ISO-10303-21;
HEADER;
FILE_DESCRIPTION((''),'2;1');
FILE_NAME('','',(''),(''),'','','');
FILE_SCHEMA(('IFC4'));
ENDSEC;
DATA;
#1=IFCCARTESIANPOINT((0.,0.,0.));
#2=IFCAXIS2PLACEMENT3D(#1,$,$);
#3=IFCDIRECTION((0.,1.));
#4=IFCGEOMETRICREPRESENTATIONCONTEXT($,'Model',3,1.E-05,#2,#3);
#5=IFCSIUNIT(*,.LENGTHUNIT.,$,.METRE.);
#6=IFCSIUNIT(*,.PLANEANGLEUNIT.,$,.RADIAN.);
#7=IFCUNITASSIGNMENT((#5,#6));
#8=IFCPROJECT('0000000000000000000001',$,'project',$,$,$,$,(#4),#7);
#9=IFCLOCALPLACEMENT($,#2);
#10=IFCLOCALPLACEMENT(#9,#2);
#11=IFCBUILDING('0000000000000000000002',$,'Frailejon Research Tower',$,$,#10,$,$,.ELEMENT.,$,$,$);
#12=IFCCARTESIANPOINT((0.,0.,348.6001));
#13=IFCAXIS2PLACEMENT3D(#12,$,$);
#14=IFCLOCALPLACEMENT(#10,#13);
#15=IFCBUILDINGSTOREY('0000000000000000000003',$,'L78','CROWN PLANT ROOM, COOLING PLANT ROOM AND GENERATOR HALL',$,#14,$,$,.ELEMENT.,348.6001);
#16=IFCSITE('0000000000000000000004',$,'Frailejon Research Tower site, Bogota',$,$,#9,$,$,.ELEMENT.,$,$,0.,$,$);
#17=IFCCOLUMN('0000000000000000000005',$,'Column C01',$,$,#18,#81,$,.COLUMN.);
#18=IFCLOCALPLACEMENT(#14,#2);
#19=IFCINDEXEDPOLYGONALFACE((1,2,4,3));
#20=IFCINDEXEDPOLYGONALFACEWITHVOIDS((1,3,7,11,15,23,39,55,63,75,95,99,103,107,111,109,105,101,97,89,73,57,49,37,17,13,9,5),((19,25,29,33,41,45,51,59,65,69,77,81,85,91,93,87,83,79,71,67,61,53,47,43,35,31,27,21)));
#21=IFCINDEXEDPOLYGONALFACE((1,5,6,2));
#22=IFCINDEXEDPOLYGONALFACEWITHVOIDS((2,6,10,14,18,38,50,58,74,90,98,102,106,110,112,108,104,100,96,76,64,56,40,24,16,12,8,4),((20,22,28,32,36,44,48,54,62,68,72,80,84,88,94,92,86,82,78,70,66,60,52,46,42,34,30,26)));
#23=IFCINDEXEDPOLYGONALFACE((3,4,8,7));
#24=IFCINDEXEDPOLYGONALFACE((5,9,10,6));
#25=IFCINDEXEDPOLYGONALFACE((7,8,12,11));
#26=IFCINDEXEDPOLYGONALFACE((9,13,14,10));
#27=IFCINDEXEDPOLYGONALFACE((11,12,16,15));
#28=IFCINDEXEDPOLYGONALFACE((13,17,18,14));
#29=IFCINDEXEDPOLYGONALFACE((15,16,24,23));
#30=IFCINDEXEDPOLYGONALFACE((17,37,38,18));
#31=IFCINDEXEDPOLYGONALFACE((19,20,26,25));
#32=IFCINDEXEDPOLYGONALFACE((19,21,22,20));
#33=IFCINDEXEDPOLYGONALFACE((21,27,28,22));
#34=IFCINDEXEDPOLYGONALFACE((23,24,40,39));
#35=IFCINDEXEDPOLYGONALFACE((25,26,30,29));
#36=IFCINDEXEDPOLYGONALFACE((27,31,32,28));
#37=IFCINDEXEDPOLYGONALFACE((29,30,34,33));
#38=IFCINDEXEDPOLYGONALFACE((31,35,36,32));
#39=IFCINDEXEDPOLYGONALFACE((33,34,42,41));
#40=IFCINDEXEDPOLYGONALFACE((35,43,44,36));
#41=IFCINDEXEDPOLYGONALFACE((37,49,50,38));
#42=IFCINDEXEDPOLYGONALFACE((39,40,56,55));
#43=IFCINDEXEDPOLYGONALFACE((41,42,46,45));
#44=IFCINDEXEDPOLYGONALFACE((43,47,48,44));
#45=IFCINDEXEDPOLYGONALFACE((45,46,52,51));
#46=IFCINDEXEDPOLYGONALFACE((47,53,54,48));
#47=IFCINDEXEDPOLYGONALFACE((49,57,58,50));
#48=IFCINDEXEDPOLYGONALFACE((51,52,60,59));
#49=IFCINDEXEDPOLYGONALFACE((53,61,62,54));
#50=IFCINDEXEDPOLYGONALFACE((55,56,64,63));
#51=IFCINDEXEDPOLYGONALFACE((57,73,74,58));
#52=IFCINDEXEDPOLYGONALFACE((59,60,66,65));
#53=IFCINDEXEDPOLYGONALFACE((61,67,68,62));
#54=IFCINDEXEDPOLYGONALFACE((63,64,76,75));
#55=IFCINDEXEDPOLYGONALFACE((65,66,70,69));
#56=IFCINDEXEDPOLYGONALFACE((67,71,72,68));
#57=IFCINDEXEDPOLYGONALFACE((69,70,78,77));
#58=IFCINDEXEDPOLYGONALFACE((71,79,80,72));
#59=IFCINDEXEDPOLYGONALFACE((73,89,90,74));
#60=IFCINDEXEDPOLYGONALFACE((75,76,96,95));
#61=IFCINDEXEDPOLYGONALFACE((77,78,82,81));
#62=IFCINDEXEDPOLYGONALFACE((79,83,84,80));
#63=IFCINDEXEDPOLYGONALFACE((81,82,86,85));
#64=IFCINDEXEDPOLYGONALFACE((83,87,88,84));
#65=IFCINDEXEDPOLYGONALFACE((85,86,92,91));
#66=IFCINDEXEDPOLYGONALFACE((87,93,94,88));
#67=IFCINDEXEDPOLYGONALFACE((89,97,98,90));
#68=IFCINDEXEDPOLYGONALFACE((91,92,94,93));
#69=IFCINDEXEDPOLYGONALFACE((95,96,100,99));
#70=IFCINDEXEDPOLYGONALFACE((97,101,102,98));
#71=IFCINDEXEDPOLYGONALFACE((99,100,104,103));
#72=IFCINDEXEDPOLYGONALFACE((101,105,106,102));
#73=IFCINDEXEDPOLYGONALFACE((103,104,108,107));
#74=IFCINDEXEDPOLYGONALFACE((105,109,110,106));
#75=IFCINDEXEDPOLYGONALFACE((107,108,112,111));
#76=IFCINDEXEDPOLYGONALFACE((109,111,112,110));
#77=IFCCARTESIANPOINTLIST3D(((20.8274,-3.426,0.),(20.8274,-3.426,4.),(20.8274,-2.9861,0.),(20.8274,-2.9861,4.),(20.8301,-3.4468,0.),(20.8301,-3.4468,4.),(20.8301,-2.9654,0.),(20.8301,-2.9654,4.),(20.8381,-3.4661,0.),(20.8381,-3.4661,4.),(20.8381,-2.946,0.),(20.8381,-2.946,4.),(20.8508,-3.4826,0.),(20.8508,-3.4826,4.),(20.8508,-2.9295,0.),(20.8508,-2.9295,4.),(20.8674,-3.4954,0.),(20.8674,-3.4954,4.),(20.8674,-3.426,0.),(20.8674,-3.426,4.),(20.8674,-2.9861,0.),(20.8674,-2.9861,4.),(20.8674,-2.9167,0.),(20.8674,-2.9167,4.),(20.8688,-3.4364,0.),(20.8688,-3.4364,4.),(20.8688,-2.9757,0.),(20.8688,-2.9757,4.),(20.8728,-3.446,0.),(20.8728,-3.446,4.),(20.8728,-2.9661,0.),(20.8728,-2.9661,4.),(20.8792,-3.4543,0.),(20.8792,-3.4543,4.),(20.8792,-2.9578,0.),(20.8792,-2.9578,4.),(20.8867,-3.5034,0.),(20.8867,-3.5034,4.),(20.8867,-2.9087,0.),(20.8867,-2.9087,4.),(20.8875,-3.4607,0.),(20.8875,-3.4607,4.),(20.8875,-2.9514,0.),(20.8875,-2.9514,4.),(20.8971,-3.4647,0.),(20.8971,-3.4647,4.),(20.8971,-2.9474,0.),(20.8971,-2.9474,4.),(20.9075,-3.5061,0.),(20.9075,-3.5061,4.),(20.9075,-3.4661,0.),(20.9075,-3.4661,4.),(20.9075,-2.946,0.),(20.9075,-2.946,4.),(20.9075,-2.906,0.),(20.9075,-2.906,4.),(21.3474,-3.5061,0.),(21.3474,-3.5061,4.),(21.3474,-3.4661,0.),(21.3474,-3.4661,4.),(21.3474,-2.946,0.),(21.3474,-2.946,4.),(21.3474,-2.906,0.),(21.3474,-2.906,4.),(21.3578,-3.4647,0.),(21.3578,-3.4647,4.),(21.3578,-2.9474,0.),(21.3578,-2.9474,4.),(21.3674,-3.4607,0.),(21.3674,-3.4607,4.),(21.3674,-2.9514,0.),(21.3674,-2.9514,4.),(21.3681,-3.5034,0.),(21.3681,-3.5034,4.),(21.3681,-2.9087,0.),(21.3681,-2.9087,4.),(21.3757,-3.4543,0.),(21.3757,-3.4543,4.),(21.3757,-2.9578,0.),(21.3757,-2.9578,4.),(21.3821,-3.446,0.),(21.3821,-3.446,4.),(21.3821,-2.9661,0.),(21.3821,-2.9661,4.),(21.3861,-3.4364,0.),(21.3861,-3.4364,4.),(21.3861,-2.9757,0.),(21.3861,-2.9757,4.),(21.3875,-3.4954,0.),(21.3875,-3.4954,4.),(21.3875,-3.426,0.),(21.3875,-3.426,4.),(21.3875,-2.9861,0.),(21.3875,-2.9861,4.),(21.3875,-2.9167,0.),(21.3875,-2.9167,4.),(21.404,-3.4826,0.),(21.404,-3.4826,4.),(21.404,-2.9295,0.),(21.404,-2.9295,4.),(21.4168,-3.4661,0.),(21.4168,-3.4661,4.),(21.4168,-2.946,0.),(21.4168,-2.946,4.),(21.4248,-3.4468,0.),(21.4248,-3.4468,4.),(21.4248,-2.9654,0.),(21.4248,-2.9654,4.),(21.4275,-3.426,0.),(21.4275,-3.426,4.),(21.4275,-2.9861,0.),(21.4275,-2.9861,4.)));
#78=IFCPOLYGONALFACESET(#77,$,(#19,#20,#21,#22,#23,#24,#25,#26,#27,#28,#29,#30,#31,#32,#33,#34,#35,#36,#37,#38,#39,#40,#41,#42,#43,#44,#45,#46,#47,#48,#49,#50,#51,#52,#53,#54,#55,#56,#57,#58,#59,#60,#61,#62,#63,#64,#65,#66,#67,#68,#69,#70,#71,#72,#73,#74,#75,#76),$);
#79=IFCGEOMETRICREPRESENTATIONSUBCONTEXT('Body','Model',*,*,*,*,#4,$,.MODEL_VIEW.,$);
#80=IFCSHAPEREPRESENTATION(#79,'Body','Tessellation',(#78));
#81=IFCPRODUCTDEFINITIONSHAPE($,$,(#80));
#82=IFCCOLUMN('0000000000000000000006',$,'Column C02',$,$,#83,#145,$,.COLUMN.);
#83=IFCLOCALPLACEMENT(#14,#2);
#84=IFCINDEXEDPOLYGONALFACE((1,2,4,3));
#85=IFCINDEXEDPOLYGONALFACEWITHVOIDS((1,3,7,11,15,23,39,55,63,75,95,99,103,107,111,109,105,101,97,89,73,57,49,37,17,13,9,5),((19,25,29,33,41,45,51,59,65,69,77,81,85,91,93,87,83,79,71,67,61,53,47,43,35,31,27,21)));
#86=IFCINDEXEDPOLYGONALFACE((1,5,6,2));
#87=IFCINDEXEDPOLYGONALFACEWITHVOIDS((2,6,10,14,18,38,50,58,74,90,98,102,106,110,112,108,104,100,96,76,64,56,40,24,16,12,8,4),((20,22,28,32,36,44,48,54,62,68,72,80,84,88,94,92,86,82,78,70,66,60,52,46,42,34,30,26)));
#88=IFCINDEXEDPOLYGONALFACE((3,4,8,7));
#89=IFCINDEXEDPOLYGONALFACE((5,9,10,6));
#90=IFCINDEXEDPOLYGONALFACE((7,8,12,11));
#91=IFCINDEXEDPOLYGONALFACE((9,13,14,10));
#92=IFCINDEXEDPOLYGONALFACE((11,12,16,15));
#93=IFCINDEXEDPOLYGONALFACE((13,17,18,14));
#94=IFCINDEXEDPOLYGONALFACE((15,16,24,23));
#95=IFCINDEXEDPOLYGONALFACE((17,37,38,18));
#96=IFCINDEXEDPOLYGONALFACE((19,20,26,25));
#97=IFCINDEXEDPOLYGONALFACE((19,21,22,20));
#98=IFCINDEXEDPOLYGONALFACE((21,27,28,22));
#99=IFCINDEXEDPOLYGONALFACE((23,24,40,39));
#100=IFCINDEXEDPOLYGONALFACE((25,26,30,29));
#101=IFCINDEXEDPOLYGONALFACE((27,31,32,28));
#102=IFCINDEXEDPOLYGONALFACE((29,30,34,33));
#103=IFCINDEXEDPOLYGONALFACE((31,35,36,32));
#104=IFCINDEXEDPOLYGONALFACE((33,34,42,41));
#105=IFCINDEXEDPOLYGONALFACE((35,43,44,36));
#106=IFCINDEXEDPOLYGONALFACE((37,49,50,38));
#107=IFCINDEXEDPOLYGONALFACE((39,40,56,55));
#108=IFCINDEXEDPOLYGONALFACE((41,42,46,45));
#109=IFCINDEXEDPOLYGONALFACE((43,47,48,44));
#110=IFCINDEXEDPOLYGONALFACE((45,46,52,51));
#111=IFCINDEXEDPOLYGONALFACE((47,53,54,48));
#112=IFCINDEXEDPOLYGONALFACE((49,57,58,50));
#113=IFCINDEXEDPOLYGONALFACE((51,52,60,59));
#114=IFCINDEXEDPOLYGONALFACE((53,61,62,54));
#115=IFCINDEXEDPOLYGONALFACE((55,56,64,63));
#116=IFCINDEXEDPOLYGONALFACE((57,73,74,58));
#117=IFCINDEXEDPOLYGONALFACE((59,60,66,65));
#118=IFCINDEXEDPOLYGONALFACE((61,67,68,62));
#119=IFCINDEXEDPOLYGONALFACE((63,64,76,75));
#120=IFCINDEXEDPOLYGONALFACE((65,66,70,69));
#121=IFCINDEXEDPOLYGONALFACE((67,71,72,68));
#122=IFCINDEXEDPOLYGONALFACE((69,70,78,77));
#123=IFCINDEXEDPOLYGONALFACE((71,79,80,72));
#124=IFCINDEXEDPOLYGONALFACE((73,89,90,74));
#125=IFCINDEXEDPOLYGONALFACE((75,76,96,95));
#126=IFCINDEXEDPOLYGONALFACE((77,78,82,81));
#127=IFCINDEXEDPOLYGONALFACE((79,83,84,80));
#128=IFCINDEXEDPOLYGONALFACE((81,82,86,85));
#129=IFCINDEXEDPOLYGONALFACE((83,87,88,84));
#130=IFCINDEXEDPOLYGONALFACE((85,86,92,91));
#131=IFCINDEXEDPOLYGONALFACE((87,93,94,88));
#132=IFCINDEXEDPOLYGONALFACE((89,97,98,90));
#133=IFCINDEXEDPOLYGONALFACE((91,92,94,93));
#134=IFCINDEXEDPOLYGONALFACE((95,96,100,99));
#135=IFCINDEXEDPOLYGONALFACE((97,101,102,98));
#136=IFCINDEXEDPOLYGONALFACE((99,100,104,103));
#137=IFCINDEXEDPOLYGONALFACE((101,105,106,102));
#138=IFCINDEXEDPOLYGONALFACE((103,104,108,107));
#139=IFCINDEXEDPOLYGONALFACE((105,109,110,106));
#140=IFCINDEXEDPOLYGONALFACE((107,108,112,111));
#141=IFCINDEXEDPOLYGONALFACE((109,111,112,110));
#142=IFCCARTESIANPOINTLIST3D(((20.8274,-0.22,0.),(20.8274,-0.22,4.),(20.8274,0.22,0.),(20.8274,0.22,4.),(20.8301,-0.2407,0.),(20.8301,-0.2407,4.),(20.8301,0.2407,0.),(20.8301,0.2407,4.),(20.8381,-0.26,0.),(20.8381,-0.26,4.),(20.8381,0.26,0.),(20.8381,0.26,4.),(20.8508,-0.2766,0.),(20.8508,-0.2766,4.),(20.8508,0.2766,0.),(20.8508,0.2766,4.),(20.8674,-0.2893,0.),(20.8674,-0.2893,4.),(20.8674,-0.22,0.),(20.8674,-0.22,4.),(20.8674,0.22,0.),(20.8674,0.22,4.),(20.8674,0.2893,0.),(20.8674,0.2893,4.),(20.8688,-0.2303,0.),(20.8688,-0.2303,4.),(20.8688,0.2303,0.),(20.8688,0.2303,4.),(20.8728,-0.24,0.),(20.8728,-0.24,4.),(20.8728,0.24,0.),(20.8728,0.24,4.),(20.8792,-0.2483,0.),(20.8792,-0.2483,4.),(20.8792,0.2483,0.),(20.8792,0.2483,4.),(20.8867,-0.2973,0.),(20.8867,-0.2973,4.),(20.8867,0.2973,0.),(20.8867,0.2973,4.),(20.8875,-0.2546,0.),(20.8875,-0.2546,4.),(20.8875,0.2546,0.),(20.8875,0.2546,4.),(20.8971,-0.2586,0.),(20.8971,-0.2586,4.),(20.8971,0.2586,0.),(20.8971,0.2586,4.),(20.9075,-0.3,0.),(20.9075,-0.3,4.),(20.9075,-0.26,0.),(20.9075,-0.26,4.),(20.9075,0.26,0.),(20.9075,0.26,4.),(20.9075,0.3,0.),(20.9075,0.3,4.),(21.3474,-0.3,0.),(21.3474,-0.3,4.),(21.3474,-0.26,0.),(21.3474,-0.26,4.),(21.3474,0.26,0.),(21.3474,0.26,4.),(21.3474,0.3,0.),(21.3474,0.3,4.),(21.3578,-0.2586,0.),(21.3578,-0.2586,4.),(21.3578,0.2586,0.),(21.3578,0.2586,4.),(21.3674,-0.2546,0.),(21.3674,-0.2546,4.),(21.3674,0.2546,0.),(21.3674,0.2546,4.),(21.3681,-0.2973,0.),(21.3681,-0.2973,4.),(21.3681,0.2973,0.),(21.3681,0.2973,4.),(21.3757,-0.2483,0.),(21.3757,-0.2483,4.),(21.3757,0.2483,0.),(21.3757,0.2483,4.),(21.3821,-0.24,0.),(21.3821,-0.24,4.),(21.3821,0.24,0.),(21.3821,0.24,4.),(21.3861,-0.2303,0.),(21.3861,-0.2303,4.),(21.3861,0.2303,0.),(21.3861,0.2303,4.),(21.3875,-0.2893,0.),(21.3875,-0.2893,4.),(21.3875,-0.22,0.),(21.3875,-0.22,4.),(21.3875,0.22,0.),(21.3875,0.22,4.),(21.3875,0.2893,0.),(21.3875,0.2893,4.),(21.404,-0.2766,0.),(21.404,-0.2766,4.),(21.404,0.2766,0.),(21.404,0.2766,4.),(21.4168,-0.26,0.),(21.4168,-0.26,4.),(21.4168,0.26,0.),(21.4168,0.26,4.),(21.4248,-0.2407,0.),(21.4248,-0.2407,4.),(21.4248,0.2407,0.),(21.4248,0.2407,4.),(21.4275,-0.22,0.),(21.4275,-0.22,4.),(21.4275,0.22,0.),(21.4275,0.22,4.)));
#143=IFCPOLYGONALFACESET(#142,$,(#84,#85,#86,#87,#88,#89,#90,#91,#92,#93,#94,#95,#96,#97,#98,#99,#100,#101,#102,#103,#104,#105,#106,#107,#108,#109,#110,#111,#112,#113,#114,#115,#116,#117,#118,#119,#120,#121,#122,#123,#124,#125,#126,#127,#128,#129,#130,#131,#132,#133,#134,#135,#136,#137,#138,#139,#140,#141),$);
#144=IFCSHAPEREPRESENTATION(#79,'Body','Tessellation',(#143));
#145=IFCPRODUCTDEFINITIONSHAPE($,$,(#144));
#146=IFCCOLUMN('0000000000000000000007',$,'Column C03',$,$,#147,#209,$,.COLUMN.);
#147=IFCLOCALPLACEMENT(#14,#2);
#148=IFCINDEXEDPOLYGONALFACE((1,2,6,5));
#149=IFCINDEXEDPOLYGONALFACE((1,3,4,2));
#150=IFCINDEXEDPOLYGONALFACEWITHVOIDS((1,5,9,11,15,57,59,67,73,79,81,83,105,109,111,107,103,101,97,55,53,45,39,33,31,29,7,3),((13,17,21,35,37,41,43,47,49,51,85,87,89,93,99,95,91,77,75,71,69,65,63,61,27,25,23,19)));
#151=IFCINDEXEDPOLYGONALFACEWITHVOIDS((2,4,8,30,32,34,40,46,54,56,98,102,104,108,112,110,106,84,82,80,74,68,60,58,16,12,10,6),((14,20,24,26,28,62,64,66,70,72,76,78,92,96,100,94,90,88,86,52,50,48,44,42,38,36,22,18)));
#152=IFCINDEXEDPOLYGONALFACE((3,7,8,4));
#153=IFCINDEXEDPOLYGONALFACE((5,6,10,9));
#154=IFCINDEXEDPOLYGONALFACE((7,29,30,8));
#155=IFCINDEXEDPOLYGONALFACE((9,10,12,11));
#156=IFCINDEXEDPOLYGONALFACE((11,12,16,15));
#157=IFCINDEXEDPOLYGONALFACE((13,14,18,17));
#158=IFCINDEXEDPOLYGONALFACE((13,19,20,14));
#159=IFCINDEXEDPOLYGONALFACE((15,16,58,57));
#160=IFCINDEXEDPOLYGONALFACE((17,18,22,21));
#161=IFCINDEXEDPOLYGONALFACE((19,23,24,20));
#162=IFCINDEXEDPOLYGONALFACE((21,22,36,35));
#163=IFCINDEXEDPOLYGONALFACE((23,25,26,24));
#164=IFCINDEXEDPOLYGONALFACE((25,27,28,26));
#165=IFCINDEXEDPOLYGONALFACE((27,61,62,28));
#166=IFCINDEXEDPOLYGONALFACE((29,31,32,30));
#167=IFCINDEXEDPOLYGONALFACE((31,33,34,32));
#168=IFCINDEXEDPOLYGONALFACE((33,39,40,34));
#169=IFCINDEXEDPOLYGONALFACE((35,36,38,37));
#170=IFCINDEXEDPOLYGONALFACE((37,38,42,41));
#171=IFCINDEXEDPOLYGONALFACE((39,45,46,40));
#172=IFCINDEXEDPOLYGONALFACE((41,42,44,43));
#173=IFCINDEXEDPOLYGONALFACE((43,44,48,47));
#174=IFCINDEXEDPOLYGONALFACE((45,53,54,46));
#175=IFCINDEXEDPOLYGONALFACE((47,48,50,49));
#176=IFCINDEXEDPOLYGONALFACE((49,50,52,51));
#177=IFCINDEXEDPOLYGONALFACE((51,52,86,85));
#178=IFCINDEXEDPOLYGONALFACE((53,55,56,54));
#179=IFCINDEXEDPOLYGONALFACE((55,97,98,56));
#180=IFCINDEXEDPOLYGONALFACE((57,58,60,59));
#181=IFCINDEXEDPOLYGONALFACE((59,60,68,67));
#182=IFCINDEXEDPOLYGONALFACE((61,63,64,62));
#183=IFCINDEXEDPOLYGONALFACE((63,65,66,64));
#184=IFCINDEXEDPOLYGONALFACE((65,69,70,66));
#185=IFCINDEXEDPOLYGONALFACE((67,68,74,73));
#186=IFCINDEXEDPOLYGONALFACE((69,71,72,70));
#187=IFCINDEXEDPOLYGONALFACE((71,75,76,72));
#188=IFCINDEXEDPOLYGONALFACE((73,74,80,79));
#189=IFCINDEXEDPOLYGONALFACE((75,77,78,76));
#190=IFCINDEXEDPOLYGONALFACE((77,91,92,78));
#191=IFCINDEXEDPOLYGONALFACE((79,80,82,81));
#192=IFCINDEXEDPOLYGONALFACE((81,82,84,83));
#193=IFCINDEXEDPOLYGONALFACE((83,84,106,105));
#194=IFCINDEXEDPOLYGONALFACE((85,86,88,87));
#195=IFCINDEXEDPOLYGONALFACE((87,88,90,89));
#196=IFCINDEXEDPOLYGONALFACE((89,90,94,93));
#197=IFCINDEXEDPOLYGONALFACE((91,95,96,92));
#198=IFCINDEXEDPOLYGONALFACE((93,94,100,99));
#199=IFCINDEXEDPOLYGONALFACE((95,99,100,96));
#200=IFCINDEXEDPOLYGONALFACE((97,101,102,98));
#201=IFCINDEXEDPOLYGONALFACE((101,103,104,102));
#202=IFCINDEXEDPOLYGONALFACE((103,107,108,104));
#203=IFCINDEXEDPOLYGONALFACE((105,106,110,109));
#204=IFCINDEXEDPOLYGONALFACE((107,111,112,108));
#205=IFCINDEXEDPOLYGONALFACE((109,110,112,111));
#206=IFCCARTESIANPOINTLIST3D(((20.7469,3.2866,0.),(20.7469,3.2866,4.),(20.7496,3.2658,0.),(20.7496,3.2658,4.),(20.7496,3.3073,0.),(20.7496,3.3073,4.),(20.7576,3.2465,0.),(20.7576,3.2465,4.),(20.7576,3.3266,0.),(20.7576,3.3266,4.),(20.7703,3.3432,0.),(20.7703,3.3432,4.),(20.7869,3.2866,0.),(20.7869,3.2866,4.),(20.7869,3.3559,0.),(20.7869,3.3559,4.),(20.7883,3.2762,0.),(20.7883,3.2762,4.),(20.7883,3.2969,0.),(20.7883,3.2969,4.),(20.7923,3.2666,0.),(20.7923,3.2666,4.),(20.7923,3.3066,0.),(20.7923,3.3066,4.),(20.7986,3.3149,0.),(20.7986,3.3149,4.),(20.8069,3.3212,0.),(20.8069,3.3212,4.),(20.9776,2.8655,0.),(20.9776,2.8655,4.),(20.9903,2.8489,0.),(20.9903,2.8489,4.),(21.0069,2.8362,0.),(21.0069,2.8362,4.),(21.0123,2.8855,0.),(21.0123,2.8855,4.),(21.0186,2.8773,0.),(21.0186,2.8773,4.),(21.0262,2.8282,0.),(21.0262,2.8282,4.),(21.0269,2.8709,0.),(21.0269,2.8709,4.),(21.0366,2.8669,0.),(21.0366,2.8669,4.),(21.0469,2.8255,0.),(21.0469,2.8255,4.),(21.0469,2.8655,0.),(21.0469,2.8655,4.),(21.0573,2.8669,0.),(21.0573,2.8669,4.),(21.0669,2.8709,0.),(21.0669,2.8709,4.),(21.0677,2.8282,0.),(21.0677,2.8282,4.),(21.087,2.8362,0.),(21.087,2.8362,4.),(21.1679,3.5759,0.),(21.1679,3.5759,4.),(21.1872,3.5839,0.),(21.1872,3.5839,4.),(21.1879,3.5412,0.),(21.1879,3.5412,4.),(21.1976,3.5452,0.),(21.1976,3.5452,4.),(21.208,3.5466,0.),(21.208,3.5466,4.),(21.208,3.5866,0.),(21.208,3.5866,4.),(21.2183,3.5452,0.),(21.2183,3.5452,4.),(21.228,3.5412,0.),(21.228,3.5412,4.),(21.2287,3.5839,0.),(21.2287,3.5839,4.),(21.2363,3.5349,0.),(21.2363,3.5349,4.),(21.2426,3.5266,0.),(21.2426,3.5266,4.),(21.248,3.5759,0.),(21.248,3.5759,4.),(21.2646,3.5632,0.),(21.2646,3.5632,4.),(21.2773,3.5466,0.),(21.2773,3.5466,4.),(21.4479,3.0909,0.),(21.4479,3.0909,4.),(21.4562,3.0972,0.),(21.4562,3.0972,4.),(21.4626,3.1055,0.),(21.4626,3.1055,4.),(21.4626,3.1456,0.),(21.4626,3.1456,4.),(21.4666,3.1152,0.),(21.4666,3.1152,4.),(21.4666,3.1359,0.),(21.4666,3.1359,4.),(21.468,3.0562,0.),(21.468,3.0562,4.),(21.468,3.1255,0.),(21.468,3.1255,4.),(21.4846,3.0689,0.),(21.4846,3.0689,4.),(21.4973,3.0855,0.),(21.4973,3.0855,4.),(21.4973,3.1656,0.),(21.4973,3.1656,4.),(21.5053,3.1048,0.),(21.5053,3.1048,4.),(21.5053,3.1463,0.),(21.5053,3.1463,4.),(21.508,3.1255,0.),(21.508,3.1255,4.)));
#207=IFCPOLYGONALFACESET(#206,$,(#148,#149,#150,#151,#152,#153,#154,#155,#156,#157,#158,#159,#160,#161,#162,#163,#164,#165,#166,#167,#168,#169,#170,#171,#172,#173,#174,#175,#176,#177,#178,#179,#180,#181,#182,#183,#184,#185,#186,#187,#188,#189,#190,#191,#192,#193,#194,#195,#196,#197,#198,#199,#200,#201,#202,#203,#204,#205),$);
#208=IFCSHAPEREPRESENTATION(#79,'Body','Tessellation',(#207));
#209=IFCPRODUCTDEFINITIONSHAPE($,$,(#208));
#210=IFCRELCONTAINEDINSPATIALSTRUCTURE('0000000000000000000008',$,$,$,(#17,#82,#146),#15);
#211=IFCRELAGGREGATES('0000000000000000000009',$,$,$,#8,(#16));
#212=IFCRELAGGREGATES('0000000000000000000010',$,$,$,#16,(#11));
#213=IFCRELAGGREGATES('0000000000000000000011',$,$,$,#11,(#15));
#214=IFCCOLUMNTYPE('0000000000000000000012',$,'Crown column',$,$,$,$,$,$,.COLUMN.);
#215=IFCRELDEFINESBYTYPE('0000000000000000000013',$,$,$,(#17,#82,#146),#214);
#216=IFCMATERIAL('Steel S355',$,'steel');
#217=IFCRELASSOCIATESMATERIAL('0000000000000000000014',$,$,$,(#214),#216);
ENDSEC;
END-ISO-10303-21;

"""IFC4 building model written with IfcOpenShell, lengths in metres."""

from ifc_helpers import new_model, si_unit, direction, frame, origin, origin_2d, place, context, subcontext, project, spatial, hollow_rectangle, extrude, material, material_profile, profile_set, type_object, element, save


model = new_model("IFC4")

# Units and contexts
model_context = context("Model", 3, precision=1e-05, world=origin(), true_north=direction((0.0, 1.0)))
body_context = subcontext(model_context, "Body", "Model", "MODEL_VIEW")
ifc_project = project(units=[si_unit("LENGTHUNIT", "METRE"), si_unit("PLANEANGLEUNIT", "RADIAN")], contexts=[model_context])

# Site, building, storey
site_placement = place(None, origin())
site = spatial("IfcSite", under=ifc_project, at=site_placement, Name="Frailejon Research Tower site, Bogota", CompositionType="ELEMENT", RefElevation=0.0)
building_placement = place(site_placement, origin())
building = spatial("IfcBuilding", under=site, at=building_placement, Name="Frailejon Research Tower", CompositionType="ELEMENT")
storey_placement = place(building_placement, frame((0.0, 0.0, 348.6001)))
storey = spatial("IfcBuildingStorey", under=building, at=storey_placement, Name="L78", Description="CROWN PLANT ROOM, COOLING PLANT ROOM AND GENERATOR HALL", CompositionType="ELEMENT", Elevation=348.6001)

# Columns
ifc_material_1 = material(Name="Steel S355", Category="steel")
ifc_material_profile_1 = material_profile(ifc_material_1, hollow_rectangle(XDim=0.6001, YDim=0.6001, WallThickness=0.04, InnerFilletRadius=0.04, OuterFilletRadius=0.0801, at=origin_2d()), Name="Crown column")
ifc_profile_set_1 = profile_set([ifc_material_profile_1], Name="Steel S355")
column_type = type_object("IfcColumnType", Name="Crown column", PredefinedType="COLUMN", material=ifc_profile_set_1)
for number, where, z_axis, x_axis, name in (
    (1, (21.1274, -3.2061, 0.0), (0.0, 0.0, 1.0), (0.0, 1.0, 0.0), "Column C01"),
    (2, (21.1274, 0.0, 0.0), (0.0, 0.0, 1.0), (0.0, 1.0, 0.0), "Column C02"),
    (3, (21.1274, 3.2061, 0.0), (0.0, 0.0, 1.0), (-0.5, 0.866025, 0.0), "Column C03"),
):
    element("IfcColumn", number, at=place(storey_placement, frame(where, z_axis=z_axis, x_axis=x_axis)), inside=storey, type_object=column_type, Name=name, PredefinedType="COLUMN", context=body_context, shape_type="SweptSolid", body=[
        extrude(hollow_rectangle(XDim=0.6001, YDim=0.6001, WallThickness=0.04, InnerFilletRadius=0.04, OuterFilletRadius=0.0801, at=origin_2d()), origin(), (0.0, 0.0, 1.0), 4.0),
    ])

save(model, "model.ifc")
